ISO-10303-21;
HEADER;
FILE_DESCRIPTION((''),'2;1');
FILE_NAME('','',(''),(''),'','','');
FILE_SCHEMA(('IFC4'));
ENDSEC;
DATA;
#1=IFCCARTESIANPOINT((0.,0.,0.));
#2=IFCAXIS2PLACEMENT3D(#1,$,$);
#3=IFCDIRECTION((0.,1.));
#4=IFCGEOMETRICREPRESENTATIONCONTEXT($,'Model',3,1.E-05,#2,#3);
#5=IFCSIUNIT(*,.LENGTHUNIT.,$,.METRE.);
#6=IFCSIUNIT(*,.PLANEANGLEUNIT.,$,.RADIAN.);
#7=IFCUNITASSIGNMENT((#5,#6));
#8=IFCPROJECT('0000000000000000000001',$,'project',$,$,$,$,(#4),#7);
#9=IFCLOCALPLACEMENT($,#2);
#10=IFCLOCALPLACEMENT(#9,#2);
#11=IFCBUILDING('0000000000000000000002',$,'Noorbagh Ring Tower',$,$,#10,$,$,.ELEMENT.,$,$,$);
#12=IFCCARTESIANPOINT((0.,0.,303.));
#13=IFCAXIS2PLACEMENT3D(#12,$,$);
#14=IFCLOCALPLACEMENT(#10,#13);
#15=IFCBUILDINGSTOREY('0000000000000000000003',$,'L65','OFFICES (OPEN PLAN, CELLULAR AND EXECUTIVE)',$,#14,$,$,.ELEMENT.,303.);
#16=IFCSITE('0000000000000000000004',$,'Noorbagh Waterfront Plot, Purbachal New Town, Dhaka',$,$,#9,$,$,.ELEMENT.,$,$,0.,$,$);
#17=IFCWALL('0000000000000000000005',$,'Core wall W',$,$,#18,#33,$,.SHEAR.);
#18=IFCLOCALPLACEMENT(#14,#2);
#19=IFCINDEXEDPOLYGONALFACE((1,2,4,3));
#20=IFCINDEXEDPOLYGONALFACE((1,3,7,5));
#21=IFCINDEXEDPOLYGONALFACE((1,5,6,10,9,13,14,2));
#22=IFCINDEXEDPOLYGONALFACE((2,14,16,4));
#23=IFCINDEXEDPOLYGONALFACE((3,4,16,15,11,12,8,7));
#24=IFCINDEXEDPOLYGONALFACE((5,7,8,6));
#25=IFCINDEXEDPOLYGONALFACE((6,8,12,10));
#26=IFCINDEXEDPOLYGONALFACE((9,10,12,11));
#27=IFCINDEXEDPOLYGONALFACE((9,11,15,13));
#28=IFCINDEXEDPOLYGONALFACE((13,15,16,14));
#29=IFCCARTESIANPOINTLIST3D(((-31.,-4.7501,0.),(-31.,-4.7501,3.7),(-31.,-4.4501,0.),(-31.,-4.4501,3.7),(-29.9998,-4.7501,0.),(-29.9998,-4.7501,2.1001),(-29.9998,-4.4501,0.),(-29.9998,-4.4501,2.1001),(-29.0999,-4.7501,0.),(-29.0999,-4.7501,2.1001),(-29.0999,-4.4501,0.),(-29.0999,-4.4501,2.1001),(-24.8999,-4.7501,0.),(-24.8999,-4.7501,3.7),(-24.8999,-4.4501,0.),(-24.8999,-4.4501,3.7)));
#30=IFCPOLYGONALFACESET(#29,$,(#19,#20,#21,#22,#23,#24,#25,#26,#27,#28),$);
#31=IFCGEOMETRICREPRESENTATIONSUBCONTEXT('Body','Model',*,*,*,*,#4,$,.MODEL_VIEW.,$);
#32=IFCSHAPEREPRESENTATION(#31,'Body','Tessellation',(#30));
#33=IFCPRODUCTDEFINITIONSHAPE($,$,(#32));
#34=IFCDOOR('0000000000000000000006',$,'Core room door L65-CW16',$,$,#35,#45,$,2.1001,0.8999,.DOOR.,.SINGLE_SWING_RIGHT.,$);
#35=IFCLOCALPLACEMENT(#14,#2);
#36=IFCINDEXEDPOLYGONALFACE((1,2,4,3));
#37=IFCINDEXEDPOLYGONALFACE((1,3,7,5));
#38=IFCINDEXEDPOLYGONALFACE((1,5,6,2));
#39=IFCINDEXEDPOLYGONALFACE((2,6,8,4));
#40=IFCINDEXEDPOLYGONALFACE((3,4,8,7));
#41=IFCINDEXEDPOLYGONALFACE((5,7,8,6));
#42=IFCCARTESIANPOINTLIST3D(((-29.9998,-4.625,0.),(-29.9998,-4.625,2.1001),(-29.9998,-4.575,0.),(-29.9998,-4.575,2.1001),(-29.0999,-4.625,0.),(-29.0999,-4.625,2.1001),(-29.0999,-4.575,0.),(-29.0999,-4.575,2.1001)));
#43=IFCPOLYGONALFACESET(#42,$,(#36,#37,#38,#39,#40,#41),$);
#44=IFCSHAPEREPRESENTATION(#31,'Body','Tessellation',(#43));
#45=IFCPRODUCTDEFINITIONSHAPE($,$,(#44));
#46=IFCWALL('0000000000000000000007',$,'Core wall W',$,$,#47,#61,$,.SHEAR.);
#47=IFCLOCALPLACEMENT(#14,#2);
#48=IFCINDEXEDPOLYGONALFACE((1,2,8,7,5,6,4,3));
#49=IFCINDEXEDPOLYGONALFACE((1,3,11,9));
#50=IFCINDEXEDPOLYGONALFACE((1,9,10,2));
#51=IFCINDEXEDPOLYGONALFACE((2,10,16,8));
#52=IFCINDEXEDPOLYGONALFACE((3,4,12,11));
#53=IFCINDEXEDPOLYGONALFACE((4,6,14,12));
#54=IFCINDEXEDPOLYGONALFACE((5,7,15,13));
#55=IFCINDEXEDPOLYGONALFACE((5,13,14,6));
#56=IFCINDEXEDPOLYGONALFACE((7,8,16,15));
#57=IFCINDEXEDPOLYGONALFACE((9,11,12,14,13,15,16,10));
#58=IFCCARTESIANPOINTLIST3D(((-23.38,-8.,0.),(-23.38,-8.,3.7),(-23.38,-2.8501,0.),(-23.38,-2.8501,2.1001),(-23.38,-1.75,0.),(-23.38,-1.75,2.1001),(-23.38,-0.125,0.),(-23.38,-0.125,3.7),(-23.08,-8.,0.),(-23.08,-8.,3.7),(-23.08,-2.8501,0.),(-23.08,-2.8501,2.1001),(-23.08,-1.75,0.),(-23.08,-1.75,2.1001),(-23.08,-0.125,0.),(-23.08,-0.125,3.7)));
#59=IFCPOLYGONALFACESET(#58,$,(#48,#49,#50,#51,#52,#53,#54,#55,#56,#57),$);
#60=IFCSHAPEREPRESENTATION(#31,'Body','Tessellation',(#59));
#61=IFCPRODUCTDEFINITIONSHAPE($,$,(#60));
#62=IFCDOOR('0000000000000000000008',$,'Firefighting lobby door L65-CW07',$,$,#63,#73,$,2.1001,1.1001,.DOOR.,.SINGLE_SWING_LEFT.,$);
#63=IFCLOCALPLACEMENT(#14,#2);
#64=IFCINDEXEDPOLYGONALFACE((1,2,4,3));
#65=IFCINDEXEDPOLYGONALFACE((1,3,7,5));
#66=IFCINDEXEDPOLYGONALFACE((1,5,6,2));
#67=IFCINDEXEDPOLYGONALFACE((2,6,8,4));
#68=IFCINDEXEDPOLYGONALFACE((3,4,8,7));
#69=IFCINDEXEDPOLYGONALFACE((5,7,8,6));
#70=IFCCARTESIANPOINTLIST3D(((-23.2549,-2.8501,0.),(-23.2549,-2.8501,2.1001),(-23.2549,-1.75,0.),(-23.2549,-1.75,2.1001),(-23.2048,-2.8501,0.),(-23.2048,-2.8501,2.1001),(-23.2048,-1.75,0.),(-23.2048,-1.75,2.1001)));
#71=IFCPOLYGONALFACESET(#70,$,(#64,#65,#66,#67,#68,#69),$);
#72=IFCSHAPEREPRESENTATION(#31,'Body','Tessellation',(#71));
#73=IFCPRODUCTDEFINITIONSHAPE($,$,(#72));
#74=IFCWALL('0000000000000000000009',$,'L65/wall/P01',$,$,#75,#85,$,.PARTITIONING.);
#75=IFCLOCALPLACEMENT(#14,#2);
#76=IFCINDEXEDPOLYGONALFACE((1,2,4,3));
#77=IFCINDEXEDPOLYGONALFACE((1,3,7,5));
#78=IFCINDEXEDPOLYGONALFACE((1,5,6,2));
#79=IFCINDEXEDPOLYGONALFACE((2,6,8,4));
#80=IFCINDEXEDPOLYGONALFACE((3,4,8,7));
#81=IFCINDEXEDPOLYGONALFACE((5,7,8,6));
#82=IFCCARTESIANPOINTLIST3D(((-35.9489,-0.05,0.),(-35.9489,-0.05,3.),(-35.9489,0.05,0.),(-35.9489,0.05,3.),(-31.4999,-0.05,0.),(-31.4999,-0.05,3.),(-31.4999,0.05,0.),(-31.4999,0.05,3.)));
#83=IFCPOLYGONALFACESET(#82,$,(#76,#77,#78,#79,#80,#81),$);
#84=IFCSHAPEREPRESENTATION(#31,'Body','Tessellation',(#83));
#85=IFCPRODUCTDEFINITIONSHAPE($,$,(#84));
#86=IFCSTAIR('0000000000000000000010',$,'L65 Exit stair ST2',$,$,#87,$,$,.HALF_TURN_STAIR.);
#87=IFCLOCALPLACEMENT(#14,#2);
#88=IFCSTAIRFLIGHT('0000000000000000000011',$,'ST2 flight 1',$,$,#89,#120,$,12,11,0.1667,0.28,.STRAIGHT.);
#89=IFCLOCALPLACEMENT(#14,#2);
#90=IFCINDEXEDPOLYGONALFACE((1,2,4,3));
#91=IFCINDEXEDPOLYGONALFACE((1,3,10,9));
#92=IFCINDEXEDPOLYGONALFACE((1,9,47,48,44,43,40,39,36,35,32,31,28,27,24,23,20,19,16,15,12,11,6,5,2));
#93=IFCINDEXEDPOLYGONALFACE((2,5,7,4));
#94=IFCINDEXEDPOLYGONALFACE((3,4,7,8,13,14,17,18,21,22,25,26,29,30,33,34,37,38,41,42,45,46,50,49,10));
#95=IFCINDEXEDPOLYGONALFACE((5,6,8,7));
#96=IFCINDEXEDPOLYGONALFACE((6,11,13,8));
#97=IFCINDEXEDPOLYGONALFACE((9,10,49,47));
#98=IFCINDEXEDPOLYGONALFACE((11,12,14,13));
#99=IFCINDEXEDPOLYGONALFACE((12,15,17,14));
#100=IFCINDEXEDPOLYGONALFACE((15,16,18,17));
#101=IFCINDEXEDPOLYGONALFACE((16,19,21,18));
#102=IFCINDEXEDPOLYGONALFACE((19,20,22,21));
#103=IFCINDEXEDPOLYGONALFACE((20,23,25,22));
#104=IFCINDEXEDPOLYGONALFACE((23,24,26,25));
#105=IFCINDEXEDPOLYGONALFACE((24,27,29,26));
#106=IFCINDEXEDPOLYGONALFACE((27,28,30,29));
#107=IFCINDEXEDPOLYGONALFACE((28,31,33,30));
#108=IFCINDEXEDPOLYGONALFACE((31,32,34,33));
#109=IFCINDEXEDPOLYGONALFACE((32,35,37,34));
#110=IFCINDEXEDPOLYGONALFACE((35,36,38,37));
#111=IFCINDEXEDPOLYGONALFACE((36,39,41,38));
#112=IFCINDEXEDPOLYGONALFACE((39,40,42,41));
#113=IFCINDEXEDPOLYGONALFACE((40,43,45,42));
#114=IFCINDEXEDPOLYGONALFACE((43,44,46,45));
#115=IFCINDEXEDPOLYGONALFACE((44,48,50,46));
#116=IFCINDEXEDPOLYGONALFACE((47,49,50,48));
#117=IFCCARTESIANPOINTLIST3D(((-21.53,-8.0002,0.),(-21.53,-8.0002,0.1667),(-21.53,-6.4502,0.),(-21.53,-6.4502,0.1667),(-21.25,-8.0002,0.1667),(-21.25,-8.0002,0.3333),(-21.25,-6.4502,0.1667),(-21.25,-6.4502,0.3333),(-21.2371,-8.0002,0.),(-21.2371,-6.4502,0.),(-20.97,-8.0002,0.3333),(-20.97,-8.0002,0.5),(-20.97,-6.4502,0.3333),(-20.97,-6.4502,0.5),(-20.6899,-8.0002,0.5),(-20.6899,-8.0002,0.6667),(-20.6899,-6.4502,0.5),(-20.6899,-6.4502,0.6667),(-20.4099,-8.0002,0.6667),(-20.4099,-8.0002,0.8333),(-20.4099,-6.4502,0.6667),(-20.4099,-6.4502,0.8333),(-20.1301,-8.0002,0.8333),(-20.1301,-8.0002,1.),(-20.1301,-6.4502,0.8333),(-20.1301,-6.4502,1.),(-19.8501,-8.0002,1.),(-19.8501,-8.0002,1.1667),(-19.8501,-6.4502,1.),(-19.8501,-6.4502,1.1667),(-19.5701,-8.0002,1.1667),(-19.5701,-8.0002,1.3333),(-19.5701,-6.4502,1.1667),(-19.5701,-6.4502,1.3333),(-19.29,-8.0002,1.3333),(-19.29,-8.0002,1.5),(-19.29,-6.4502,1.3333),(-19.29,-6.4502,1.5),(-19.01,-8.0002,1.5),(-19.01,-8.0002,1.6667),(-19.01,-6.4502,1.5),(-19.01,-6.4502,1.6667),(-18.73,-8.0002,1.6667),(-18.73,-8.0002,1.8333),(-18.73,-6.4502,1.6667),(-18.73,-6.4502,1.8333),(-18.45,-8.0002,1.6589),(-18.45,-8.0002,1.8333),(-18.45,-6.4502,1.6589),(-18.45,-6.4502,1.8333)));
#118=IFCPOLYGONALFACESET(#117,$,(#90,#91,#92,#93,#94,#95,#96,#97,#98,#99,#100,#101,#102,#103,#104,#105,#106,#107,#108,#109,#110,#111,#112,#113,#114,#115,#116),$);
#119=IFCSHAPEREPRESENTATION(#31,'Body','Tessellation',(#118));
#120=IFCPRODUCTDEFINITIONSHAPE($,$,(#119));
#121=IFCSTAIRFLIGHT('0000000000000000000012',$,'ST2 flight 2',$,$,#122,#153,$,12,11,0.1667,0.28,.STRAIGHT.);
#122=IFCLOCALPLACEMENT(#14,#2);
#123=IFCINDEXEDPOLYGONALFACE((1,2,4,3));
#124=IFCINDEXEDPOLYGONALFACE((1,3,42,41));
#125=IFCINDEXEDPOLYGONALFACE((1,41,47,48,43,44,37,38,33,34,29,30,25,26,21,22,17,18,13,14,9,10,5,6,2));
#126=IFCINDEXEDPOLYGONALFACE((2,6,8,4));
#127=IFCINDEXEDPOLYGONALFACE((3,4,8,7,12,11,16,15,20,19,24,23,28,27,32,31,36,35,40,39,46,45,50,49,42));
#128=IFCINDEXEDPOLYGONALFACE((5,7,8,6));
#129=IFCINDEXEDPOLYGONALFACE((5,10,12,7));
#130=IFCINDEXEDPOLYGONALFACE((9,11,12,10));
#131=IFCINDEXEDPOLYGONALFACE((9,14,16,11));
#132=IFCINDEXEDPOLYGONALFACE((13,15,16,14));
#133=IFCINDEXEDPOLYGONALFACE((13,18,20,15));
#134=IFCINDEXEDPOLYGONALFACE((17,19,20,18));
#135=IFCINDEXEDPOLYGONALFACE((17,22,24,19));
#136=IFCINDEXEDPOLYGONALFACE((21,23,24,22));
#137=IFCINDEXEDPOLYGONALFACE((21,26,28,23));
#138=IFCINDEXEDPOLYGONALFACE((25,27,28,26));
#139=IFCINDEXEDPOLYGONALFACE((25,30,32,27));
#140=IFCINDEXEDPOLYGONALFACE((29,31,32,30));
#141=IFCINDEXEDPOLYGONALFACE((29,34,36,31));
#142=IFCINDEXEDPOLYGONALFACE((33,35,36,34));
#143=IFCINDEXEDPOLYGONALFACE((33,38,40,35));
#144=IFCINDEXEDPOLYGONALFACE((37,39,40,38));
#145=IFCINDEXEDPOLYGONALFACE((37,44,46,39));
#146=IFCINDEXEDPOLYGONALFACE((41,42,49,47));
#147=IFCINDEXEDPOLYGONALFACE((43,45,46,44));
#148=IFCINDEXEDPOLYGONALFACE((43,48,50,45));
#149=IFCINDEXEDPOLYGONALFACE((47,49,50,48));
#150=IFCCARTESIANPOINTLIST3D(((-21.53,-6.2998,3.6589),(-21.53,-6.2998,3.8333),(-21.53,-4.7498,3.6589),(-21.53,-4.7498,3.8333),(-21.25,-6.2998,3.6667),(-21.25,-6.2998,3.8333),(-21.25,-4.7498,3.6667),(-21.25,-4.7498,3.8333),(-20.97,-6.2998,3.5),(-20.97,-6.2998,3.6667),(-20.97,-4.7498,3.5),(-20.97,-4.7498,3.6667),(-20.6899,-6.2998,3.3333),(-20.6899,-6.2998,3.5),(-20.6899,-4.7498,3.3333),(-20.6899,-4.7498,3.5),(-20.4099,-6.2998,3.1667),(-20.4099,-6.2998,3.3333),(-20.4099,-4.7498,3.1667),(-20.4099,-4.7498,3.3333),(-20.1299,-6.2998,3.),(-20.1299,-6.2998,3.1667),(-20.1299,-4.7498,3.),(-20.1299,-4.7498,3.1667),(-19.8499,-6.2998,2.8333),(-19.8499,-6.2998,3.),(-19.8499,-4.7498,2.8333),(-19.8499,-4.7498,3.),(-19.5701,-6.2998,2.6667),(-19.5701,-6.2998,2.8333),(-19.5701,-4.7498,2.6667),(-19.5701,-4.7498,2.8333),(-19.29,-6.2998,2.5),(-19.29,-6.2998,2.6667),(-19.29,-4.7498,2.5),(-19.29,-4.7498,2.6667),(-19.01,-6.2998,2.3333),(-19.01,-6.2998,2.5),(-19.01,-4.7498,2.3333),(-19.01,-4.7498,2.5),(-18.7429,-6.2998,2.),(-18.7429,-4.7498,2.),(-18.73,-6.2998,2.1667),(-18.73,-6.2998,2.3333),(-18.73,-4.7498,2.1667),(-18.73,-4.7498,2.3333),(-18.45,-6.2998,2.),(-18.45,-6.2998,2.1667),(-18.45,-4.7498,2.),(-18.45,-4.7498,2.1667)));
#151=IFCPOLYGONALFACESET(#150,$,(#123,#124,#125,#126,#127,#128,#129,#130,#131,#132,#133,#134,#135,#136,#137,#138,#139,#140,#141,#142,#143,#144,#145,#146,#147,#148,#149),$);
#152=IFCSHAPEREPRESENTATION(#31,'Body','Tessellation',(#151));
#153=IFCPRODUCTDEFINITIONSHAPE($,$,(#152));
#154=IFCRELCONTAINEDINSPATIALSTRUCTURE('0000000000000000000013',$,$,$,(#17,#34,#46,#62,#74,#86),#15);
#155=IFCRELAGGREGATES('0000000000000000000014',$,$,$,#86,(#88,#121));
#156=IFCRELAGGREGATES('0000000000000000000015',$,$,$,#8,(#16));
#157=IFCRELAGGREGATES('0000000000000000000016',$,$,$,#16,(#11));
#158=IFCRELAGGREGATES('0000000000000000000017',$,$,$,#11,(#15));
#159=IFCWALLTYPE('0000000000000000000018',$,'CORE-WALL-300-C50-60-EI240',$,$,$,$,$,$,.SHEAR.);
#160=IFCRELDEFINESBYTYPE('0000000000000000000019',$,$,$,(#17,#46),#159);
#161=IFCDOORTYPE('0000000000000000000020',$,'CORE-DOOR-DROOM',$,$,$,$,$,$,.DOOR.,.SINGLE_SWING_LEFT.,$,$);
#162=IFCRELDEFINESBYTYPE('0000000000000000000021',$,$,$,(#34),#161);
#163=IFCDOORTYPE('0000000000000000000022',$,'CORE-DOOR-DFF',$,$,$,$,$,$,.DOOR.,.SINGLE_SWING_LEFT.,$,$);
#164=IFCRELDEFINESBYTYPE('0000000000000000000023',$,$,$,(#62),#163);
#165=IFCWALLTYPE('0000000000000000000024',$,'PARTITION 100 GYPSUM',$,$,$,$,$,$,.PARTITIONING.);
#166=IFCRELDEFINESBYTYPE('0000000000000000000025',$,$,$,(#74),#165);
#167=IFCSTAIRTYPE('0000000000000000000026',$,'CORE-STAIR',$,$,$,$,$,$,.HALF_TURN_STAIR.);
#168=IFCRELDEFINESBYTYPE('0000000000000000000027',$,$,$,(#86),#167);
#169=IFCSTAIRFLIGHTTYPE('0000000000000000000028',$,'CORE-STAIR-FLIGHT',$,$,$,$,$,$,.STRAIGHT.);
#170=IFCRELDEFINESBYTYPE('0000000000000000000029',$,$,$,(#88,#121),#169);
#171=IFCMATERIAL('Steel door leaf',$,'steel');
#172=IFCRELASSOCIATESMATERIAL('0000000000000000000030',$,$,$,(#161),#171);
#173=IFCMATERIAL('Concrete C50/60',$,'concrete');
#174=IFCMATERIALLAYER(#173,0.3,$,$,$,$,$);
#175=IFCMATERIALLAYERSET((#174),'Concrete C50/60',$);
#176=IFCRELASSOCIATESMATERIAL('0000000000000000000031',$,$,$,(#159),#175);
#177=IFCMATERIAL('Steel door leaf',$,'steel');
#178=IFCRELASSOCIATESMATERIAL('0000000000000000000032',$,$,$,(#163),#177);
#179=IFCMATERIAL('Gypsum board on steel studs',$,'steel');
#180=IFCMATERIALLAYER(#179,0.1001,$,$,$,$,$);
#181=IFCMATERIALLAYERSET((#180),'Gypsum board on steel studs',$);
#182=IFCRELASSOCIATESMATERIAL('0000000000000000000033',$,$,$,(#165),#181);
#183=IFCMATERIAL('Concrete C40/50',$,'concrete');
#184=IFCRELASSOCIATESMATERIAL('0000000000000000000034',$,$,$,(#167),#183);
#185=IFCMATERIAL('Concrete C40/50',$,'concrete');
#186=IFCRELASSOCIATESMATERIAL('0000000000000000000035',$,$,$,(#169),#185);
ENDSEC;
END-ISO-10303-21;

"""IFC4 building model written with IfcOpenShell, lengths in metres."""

from ifc_helpers import new_model, si_unit, direction, frame, frame_2d, origin, place, context, subcontext, project, spatial, polyline, rectangle, outline, extrude, material, layer, layer_set, type_object, element, fill, aggregate, save


model = new_model("IFC4")

# Units and contexts
model_context = context("Model", 3, precision=1e-05, world=origin(), true_north=direction((0.0, 1.0)))
body_context = subcontext(model_context, "Body", "Model", "MODEL_VIEW")
ifc_project = project(units=[si_unit("LENGTHUNIT", "METRE"), si_unit("PLANEANGLEUNIT", "RADIAN")], contexts=[model_context])

# Site, building, storey
site_placement = place(None, origin())
site = spatial("IfcSite", under=ifc_project, at=site_placement, Name="Noorbagh Waterfront Plot, Purbachal New Town, Dhaka", CompositionType="ELEMENT", RefElevation=0.0)
building_placement = place(site_placement, origin())
building = spatial("IfcBuilding", under=site, at=building_placement, Name="Noorbagh Ring Tower", CompositionType="ELEMENT")
storey_placement = place(building_placement, frame((0.0, 0.0, 303.0)))
storey = spatial("IfcBuildingStorey", under=building, at=storey_placement, Name="L65", Description="OFFICES (OPEN PLAN, CELLULAR AND EXECUTIVE)", CompositionType="ELEMENT", Elevation=303.0)

# Shared definitions
ifc_material_1 = material(Name="Steel door leaf", Category="steel")
door_type_1 = type_object("IfcDoorType", Name="CORE-DOOR-DROOM", OperationType="SINGLE_SWING_LEFT", PredefinedType="DOOR", material=ifc_material_1)

# Walls, openings, doors
ifc_material_2 = material(Name="Concrete C50/60", Category="concrete")
ifc_layer_1 = layer(ifc_material_2, 0.3)
ifc_layer_set_1 = layer_set([ifc_layer_1], Name="Concrete C50/60")
wall_type_1 = type_object("IfcWallType", Name="CORE-WALL-300-C50-60-EI240", PredefinedType="SHEAR", material=ifc_layer_set_1)
wall_1_placement = place(storey_placement, frame((-24.8999, -4.6001, 0.0), z_axis=(0.0, 0.0, 1.0), x_axis=(-1.0, 0.0, 0.0)))
wall_1 = element("IfcWall", 1, at=wall_1_placement, inside=storey, type_object=wall_type_1, Name="Core wall W", PredefinedType="SHEAR", context=body_context, shape_type="SweptSolid", body=[
    extrude(rectangle(XDim=6.1001, YDim=0.3, at=frame_2d((3.05, 0.0))), origin(), (0.0, 0.0, 1.0), 3.7),
])
opening_1_placement = place(wall_1_placement, frame((4.2, 0.0, 0.0)))
opening_1 = element("IfcOpeningElement", 2, at=opening_1_placement, cuts=wall_1, PredefinedType="OPENING", context=body_context, shape_type="SweptSolid", body=[
    extrude(rectangle(XDim=0.8999, YDim=2.1001, at=frame_2d((0.45, 1.05))), frame((0.0, 0.1602, 0.0), z_axis=(0.0, -1.0, 0.0), x_axis=(1.0, 0.0, 0.0)), (0.0, 0.0, 1.0), 0.3201),
])
door_1_placement = place(opening_1_placement, origin())
door_1 = element("IfcDoor", 3, at=door_1_placement, inside=storey, type_object=door_type_1, Name="Core room door L65-CW16", OperationType="SINGLE_SWING_RIGHT", OverallHeight=2.1001, OverallWidth=0.8999, PredefinedType="DOOR", context=body_context, shape_type="SweptSolid", body=[
    extrude(rectangle(XDim=0.8999, YDim=2.1001, at=frame_2d((0.45, 1.05))), frame((0.0, 0.0249, 0.0), z_axis=(0.0, -1.0, 0.0), x_axis=(1.0, 0.0, 0.0)), (0.0, 0.0, 1.0), 0.05),
])
fill(opening_1, door_1)
wall_2_placement = place(storey_placement, frame((-23.23, -8.0, 0.0), z_axis=(0.0, 0.0, 1.0), x_axis=(0.0, 1.0, 0.0)))
wall_2 = element("IfcWall", 4, at=wall_2_placement, inside=storey, type_object=wall_type_1, Name="Core wall W", PredefinedType="SHEAR", context=body_context, shape_type="SweptSolid", body=[
    extrude(rectangle(XDim=7.875, YDim=0.3, at=frame_2d((3.9375, 0.0))), origin(), (0.0, 0.0, 1.0), 3.7),
])
opening_2_placement = place(wall_2_placement, frame((5.1499, 0.0, 0.0)))
opening_2 = element("IfcOpeningElement", 5, at=opening_2_placement, cuts=wall_2, PredefinedType="OPENING", context=body_context, shape_type="SweptSolid", body=[
    extrude(rectangle(XDim=1.1001, YDim=2.1001, at=frame_2d((0.55, 1.05))), frame((0.0, 0.1602, 0.0), z_axis=(0.0, -1.0, 0.0), x_axis=(1.0, 0.0, 0.0)), (0.0, 0.0, 1.0), 0.3201),
])
ifc_material_3 = material(Name="Steel door leaf", Category="steel")
door_type_2 = type_object("IfcDoorType", Name="CORE-DOOR-DFF", OperationType="SINGLE_SWING_LEFT", PredefinedType="DOOR", material=ifc_material_3)
door_2_placement = place(opening_2_placement, origin())
door_2 = element("IfcDoor", 6, at=door_2_placement, inside=storey, type_object=door_type_2, Name="Firefighting lobby door L65-CW07", OperationType="SINGLE_SWING_LEFT", OverallHeight=2.1001, OverallWidth=1.1001, PredefinedType="DOOR", context=body_context, shape_type="SweptSolid", body=[
    extrude(rectangle(XDim=1.1001, YDim=2.1001, at=frame_2d((0.55, 1.05))), frame((0.0, 0.0249, 0.0), z_axis=(0.0, -1.0, 0.0), x_axis=(1.0, 0.0, 0.0)), (0.0, 0.0, 1.0), 0.05),
])
fill(opening_2, door_2)

# Wall
ifc_material_4 = material(Name="Gypsum board on steel studs", Category="steel")
ifc_layer_2 = layer(ifc_material_4, 0.1001)
ifc_layer_set_2 = layer_set([ifc_layer_2], Name="Gypsum board on steel studs")
wall_type_2 = type_object("IfcWallType", Name="PARTITION 100 GYPSUM", PredefinedType="PARTITIONING", material=ifc_layer_set_2)
wall_3_placement = place(storey_placement, frame((-35.949, 0.0, 0.0), z_axis=(0.0, 0.0, 1.0), x_axis=(1.0, 0.0, 0.0)))
element("IfcWall", 7, at=wall_3_placement, inside=storey, type_object=wall_type_2, Name="L65/wall/P01", PredefinedType="PARTITIONING", context=body_context, shape_type="SweptSolid", body=[
    extrude(rectangle(XDim=4.449, YDim=0.1001, at=frame_2d((2.2246, 0.0))), origin(), (0.0, 0.0, 1.0), 3.0),
])

# Stair, stair flights
ifc_material_5 = material(Name="Concrete C40/50", Category="concrete")
stair_type = type_object("IfcStairType", Name="CORE-STAIR", PredefinedType="HALF_TURN_STAIR", material=ifc_material_5)
stair_placement = place(storey_placement, origin())
stair = element("IfcStair", 8, at=stair_placement, inside=storey, type_object=stair_type, Name="L65 Exit stair ST2", PredefinedType="HALF_TURN_STAIR")
ifc_material_6 = material(Name="Concrete C40/50", Category="concrete")
stair_flight_type = type_object("IfcStairFlightType", Name="CORE-STAIR-FLIGHT", PredefinedType="STRAIGHT", material=ifc_material_6)
stair_flight_1_placement = place(storey_placement, frame((-21.53, -7.2251, 0.0), z_axis=(0.0, 0.0, 1.0), x_axis=(1.0, 0.0, 0.0)))
stair_flight_1 = element("IfcStairFlight", 9, at=stair_flight_1_placement, type_object=stair_flight_type, Name="ST2 flight 1", NumberOfRisers=12, NumberOfTreads=11, PredefinedType="STRAIGHT", RiserHeight=0.1667, TreadLength=0.28, context=body_context, shape_type="SweptSolid", body=[
    extrude(outline(polyline([(0.0, 0.0), (0.0, 0.1667), (0.28, 0.1667), (0.28, 0.3333), (0.5601, 0.3333), (0.5601, 0.5), (0.8401, 0.5), (0.8401, 0.6667), (1.1201, 0.6667), (1.1201, 0.8333), (1.3999, 0.8333), (1.3999, 1.0), (1.6799, 1.0), (1.6799, 1.1667), (1.96, 1.1667), (1.96, 1.3333), (2.24, 1.3333), (2.24, 1.5), (2.52, 1.5), (2.52, 1.6667), (2.8, 1.6667), (2.8, 1.8333), (3.0801, 1.8333), (3.0801, 2.0), (3.0801, 1.6589), (0.293, 0.0), (0.0, 0.0)])), frame((0.0, 0.7749, 0.0), z_axis=(0.0, -1.0, 0.0), x_axis=(1.0, 0.0, 0.0)), (0.0, 0.0, 1.0), 1.55),
])
stair_flight_2_placement = place(storey_placement, frame((-18.45, -5.5249, 2.0), z_axis=(0.0, 0.0, 1.0), x_axis=(-1.0, 0.0, 0.0)))
stair_flight_2 = element("IfcStairFlight", 10, at=stair_flight_2_placement, type_object=stair_flight_type, Name="ST2 flight 2", NumberOfRisers=12, NumberOfTreads=11, PredefinedType="STRAIGHT", RiserHeight=0.1667, TreadLength=0.28, context=body_context, shape_type="SweptSolid", body=[
    extrude(outline(polyline([(0.0, 0.0), (0.0, 0.1667), (0.28, 0.1667), (0.28, 0.3333), (0.5601, 0.3333), (0.5601, 0.5), (0.8401, 0.5), (0.8401, 0.6667), (1.1201, 0.6667), (1.1201, 0.8333), (1.3999, 0.8333), (1.3999, 1.0), (1.6799, 1.0), (1.6799, 1.1667), (1.96, 1.1667), (1.96, 1.3333), (2.24, 1.3333), (2.24, 1.5), (2.52, 1.5), (2.52, 1.6667), (2.8, 1.6667), (2.8, 1.8333), (3.0801, 1.8333), (3.0801, 2.0), (3.0801, 1.6589), (0.293, 0.0), (0.0, 0.0)])), frame((0.0, 0.7749, 0.0), z_axis=(0.0, -1.0, 0.0), x_axis=(1.0, 0.0, 0.0)), (0.0, 0.0, 1.0), 1.55),
])
aggregate(stair, [stair_flight_1, stair_flight_2])

save(model, "model.ifc")
